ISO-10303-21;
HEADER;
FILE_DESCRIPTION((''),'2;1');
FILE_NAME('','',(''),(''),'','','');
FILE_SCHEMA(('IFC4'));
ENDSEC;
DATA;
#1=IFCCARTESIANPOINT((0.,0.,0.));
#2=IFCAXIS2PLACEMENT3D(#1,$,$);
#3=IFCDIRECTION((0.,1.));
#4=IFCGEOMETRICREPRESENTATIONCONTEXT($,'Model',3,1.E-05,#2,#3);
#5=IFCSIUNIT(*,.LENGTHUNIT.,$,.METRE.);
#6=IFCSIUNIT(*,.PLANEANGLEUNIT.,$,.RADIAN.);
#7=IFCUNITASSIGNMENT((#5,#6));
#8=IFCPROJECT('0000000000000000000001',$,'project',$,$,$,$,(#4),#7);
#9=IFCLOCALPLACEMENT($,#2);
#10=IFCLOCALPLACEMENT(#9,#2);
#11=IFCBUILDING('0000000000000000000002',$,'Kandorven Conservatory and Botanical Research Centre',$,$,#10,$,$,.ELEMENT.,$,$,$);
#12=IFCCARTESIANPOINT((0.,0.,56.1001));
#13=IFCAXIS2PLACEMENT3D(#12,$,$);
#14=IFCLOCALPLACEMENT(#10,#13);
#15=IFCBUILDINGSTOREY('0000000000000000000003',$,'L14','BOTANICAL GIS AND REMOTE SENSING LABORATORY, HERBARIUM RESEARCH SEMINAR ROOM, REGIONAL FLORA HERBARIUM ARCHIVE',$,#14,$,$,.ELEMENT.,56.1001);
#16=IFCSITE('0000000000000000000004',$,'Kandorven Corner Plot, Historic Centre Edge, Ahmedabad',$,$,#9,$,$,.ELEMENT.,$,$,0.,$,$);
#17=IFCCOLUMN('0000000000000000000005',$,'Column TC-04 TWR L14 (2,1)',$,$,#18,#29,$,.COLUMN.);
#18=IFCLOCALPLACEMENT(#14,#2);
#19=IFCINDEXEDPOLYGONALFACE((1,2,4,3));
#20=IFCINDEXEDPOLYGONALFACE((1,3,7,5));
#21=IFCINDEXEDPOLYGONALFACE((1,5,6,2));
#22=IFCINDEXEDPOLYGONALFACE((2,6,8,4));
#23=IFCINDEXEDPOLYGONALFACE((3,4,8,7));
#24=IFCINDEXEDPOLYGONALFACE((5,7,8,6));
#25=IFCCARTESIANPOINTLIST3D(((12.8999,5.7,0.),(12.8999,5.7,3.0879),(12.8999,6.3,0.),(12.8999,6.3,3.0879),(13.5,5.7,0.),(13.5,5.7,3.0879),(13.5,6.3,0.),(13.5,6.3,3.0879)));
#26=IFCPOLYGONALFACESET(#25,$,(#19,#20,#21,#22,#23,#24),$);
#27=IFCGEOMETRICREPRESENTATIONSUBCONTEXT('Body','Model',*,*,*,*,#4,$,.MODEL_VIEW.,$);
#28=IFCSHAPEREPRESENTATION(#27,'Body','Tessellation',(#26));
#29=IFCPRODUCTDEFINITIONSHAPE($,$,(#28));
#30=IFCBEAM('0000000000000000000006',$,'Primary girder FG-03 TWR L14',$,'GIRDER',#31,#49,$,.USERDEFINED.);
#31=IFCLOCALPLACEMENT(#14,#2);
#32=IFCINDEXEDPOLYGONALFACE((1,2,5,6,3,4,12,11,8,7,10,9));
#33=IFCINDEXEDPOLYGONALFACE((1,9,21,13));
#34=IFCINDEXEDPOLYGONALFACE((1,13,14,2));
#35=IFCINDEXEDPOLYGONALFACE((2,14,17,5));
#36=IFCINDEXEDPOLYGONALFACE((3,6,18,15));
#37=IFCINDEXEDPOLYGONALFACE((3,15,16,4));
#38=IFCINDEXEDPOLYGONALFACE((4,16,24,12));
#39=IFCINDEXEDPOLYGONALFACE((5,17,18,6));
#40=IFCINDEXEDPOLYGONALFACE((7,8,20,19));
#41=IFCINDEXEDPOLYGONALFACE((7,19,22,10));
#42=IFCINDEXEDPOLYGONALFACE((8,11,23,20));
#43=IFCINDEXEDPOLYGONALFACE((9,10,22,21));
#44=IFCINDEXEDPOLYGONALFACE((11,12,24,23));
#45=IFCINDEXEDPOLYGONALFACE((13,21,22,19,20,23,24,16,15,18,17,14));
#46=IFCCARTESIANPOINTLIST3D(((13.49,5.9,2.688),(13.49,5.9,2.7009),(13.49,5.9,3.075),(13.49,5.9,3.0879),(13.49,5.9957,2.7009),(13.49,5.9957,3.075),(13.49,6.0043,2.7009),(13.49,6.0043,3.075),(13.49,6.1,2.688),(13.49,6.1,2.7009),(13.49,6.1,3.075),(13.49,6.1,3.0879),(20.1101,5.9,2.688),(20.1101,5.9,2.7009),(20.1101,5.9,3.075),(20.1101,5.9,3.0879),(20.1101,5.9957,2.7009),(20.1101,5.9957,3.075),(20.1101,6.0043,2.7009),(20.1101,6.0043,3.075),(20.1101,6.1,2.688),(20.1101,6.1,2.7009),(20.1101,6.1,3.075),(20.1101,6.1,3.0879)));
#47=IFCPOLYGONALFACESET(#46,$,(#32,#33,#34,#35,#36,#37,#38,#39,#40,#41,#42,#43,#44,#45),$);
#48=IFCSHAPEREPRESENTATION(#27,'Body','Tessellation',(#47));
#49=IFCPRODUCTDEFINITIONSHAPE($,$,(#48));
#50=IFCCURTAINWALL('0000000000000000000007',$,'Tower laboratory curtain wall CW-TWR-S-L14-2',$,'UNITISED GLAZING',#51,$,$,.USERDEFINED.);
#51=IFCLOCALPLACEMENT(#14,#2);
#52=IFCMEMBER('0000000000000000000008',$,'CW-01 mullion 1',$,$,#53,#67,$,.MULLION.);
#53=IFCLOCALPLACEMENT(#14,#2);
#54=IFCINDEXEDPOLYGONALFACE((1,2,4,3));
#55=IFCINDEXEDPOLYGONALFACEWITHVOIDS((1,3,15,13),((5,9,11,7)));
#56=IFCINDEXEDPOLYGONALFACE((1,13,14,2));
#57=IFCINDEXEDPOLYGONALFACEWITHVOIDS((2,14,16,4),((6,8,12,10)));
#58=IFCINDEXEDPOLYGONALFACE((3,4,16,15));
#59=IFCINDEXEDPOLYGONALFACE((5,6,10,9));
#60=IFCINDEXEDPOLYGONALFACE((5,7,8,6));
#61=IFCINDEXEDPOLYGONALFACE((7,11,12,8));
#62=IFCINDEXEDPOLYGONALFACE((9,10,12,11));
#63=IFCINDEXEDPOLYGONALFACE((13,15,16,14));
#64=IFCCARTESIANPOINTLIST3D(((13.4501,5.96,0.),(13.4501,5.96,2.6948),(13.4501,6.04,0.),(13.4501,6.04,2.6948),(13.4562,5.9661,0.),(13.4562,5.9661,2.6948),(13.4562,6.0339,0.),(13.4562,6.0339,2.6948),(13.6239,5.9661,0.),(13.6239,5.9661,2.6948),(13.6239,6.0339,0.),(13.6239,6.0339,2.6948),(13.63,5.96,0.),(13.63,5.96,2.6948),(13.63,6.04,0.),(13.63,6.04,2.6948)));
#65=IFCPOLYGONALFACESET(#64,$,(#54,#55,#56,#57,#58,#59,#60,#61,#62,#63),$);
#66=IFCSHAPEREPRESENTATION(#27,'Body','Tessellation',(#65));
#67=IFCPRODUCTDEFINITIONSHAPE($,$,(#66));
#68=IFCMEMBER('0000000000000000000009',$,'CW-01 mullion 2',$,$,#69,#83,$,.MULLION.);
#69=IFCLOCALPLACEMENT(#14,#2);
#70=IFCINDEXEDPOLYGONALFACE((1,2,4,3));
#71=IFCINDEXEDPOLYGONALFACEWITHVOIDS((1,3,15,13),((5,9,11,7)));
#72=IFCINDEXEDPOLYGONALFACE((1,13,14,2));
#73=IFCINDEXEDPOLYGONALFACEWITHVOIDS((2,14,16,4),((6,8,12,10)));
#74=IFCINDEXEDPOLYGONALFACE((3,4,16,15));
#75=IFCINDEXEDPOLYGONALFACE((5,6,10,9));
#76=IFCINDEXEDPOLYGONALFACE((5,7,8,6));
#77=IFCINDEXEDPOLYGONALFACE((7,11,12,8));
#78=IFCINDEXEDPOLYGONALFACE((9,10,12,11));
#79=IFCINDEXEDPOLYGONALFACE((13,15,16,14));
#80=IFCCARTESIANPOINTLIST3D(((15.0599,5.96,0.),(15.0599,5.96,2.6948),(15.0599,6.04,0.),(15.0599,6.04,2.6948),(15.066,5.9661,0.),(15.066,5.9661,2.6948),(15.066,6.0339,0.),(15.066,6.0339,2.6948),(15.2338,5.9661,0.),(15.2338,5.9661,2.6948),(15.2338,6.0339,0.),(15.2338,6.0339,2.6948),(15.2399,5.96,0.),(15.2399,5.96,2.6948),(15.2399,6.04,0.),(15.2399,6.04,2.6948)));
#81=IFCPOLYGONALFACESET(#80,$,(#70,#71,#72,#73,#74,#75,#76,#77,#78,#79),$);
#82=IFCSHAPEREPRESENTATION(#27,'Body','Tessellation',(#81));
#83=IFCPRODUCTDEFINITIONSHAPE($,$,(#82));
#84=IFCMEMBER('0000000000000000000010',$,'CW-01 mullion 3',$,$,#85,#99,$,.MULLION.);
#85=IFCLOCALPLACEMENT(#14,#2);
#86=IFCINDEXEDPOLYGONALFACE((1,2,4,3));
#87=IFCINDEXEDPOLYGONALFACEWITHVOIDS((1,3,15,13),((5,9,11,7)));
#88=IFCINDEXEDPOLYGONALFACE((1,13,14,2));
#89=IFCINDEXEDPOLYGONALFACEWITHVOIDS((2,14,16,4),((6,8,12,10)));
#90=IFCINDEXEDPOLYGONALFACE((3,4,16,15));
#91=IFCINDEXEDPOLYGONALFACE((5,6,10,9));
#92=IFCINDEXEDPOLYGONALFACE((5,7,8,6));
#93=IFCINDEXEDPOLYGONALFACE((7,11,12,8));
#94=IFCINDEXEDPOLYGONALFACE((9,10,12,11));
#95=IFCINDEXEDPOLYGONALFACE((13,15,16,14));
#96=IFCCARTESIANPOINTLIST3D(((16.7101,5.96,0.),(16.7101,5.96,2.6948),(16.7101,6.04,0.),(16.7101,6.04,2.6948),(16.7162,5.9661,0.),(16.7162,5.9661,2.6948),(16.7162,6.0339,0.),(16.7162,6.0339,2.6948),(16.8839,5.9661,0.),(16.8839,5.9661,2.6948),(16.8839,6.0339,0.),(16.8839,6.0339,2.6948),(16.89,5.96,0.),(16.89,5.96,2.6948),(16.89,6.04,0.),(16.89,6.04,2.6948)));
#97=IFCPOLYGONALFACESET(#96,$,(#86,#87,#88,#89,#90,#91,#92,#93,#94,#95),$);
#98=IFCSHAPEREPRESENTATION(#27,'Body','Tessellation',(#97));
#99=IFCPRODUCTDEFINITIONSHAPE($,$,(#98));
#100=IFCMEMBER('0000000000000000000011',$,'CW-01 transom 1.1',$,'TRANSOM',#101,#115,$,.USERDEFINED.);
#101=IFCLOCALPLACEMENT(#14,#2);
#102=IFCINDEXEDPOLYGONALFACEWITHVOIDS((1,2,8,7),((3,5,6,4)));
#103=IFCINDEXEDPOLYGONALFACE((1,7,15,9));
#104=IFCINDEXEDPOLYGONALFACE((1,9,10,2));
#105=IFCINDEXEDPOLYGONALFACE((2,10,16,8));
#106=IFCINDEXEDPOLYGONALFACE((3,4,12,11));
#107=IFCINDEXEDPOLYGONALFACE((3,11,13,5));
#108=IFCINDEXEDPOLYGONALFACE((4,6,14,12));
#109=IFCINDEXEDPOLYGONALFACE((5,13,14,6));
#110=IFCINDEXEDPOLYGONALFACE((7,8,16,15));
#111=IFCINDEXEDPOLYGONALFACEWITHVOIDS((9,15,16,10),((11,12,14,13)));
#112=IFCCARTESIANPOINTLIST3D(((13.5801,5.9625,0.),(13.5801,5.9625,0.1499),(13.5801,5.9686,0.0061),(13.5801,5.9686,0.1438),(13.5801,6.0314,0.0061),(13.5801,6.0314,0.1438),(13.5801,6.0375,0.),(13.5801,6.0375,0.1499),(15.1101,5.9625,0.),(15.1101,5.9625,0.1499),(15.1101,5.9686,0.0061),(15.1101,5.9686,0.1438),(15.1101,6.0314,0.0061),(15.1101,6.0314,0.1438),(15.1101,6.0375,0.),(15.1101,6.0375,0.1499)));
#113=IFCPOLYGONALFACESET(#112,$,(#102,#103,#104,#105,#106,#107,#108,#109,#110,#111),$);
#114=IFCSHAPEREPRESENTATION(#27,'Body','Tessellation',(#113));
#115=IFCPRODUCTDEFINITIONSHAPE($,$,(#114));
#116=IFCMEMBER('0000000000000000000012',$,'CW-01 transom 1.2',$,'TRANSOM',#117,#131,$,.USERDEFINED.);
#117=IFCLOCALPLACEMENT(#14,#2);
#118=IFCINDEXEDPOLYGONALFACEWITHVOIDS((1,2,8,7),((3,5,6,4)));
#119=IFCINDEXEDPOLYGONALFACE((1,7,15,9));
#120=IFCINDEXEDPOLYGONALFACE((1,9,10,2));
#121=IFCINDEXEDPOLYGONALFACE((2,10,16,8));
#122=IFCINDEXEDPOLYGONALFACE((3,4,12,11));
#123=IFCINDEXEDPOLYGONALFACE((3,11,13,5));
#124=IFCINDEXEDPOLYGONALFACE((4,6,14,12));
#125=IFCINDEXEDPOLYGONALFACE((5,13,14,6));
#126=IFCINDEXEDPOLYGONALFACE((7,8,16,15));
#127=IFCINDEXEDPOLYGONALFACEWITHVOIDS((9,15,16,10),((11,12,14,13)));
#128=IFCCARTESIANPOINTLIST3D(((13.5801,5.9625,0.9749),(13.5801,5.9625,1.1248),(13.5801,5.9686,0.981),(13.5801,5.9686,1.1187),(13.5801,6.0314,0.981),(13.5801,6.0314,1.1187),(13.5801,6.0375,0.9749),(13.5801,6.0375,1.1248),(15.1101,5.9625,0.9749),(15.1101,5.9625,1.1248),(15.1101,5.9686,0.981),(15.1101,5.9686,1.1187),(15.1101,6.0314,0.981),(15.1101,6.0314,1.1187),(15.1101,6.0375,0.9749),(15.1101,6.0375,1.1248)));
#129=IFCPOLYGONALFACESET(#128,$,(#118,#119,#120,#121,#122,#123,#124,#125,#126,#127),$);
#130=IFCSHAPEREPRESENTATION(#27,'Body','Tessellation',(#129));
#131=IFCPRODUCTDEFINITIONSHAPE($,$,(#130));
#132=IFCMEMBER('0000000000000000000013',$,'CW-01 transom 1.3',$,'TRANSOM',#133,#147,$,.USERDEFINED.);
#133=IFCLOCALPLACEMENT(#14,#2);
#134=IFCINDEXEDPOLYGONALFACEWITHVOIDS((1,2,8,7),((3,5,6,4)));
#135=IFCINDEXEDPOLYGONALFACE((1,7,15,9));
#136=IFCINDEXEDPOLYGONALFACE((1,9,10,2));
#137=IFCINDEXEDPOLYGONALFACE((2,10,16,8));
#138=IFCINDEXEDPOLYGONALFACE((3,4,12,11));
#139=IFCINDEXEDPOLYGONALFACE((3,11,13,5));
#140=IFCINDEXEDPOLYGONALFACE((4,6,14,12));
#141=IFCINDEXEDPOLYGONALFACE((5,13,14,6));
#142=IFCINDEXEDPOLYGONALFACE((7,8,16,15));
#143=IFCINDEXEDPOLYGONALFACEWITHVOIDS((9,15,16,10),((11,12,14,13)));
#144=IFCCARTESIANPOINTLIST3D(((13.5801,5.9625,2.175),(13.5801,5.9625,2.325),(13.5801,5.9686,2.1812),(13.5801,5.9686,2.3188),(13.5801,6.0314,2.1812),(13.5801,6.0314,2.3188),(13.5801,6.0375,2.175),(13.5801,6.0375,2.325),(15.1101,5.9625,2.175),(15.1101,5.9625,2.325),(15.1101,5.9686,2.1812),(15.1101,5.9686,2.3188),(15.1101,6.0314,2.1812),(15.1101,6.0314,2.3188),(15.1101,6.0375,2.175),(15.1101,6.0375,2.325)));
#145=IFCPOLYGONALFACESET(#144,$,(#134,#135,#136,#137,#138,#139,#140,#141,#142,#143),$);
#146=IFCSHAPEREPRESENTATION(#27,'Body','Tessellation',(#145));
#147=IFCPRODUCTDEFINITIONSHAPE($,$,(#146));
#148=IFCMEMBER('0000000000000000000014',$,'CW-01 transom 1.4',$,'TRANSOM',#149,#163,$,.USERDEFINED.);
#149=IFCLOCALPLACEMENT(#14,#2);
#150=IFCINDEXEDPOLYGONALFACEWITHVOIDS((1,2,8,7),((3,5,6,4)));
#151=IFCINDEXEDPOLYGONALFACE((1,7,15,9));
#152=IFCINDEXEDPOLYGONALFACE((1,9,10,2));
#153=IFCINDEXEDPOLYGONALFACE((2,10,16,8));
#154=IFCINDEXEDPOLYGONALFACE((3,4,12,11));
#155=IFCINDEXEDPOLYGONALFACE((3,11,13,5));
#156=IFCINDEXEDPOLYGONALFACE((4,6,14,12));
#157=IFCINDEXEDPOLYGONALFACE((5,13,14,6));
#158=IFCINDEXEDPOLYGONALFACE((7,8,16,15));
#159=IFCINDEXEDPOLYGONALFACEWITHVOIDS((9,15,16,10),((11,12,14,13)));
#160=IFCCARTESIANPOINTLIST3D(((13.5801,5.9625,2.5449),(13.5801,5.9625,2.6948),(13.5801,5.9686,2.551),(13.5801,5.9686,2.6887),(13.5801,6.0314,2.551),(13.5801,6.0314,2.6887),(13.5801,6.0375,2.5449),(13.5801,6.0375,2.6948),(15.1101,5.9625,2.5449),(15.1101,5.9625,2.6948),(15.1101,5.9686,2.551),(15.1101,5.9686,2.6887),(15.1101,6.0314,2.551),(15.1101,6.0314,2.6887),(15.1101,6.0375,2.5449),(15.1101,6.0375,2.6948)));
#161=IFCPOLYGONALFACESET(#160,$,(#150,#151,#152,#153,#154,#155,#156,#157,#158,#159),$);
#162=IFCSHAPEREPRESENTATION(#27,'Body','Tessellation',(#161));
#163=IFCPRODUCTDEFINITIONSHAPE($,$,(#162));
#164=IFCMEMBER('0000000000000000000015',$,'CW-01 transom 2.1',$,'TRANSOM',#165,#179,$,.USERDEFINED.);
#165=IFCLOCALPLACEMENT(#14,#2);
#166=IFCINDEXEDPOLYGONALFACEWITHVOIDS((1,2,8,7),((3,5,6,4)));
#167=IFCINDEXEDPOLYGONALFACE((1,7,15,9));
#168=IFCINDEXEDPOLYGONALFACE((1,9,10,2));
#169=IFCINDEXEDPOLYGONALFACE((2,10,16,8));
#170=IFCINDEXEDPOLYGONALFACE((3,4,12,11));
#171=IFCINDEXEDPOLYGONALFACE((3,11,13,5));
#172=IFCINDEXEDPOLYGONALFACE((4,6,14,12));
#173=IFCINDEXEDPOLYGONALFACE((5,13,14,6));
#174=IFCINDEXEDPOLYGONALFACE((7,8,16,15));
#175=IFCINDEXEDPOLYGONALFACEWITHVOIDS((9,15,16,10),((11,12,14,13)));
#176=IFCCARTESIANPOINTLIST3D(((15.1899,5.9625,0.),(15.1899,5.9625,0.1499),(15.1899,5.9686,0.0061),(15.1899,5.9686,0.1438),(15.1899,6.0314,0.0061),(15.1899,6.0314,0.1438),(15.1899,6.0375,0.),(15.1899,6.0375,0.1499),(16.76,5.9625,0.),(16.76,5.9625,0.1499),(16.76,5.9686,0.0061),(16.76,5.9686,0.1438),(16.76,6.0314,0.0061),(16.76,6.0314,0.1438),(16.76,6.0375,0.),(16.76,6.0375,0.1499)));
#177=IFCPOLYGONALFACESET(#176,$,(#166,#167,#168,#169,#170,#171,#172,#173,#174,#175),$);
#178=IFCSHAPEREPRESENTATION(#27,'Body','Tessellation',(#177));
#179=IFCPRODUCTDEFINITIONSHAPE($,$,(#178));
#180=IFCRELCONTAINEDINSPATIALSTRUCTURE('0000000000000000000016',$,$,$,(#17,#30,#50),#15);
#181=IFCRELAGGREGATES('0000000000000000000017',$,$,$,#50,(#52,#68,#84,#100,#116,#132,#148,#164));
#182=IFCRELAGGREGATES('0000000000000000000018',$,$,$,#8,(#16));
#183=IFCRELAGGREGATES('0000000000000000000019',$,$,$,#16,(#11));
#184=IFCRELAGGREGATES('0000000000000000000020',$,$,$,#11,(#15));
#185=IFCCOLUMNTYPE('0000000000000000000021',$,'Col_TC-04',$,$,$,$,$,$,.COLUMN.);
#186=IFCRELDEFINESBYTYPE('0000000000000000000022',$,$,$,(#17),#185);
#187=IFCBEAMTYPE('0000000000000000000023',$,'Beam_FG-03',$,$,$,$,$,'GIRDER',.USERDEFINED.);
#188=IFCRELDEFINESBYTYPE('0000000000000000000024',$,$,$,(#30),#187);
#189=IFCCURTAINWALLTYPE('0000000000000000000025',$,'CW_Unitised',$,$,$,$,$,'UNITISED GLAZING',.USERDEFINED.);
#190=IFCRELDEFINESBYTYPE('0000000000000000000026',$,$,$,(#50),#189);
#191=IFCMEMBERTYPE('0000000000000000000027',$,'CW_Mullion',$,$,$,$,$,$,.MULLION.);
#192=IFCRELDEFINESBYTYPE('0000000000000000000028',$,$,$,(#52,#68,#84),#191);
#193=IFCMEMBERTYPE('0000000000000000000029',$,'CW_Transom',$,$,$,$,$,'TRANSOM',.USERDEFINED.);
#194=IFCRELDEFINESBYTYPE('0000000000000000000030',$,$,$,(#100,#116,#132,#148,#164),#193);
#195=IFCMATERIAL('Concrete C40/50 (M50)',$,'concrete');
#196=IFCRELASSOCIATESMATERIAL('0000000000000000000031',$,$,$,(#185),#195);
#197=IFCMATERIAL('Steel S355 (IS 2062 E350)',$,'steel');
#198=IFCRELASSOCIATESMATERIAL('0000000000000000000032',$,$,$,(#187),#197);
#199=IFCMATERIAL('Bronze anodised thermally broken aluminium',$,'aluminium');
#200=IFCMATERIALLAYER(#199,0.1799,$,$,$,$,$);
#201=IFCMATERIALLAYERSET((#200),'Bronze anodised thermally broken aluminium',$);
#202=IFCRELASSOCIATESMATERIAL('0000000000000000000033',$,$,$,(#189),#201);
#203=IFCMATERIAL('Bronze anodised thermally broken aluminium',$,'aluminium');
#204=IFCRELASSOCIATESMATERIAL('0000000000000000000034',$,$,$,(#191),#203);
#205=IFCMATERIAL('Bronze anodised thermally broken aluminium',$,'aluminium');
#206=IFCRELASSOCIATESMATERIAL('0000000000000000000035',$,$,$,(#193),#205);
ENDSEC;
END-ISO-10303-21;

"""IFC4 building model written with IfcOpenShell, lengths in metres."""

from ifc_helpers import new_model, si_unit, direction, frame, origin, origin_2d, place, context, subcontext, project, spatial, rectangle, hollow_rectangle, i_section, extrude, material, layer, layer_set, material_profile, profile_set, type_object, element, aggregate, save


model = new_model("IFC4")

# Units and contexts
model_context = context("Model", 3, precision=1e-05, world=origin(), true_north=direction((0.0, 1.0)))
body_context = subcontext(model_context, "Body", "Model", "MODEL_VIEW")
ifc_project = project(units=[si_unit("LENGTHUNIT", "METRE"), si_unit("PLANEANGLEUNIT", "RADIAN")], contexts=[model_context])

# Site, building, storey
site_placement = place(None, origin())
site = spatial("IfcSite", under=ifc_project, at=site_placement, Name="Kandorven Corner Plot, Historic Centre Edge, Ahmedabad", CompositionType="ELEMENT", RefElevation=0.0)
building_placement = place(site_placement, origin())
building = spatial("IfcBuilding", under=site, at=building_placement, Name="Kandorven Conservatory and Botanical Research Centre", CompositionType="ELEMENT")
storey_placement = place(building_placement, frame((0.0, 0.0, 56.1001)))
storey = spatial("IfcBuildingStorey", under=building, at=storey_placement, Name="L14", Description="BOTANICAL GIS AND REMOTE SENSING LABORATORY, HERBARIUM RESEARCH SEMINAR ROOM, REGIONAL FLORA HERBARIUM ARCHIVE", CompositionType="ELEMENT", Elevation=56.1001)

# Column
ifc_material_1 = material(Name="Concrete C40/50 (M50)", Category="concrete")
ifc_material_profile_1 = material_profile(ifc_material_1, rectangle(XDim=0.6001, YDim=0.6001, at=origin_2d()))
ifc_profile_set_1 = profile_set([ifc_material_profile_1], Name="Concrete C40/50 (M50)")
column_type = type_object("IfcColumnType", Name="Col_TC-04", PredefinedType="COLUMN", material=ifc_profile_set_1)
column_placement = place(storey_placement, frame((13.2, 6.0, 0.0), z_axis=(0.0, 0.0, 1.0), x_axis=(1.0, 0.0, 0.0)))
element("IfcColumn", 1, at=column_placement, inside=storey, type_object=column_type, Name="Column TC-04 TWR L14 (2,1)", PredefinedType="COLUMN", context=body_context, shape_type="SweptSolid", body=[
    extrude(rectangle(XDim=0.6001, YDim=0.6001, at=origin_2d()), origin(), (0.0, 0.0, 1.0), 3.0879),
])

# Beam
ifc_material_2 = material(Name="Steel S355 (IS 2062 E350)", Category="steel")
ifc_material_profile_2 = material_profile(ifc_material_2, i_section(OverallWidth=0.2, OverallDepth=0.3999, WebThickness=0.0085, FlangeThickness=0.0129, at=origin_2d()))
ifc_profile_set_2 = profile_set([ifc_material_profile_2], Name="Steel S355 (IS 2062 E350)")
beam_type = type_object("IfcBeamType", Name="Beam_FG-03", ElementType="GIRDER", PredefinedType="USERDEFINED", material=ifc_profile_set_2)
beam_placement = place(storey_placement, frame((13.49, 6.0, 2.8879), z_axis=(1.0, 0.0, 0.0), x_axis=(0.0, 1.0, 0.0)))
element("IfcBeam", 2, at=beam_placement, inside=storey, type_object=beam_type, Name="Primary girder FG-03 TWR L14", ObjectType="GIRDER", PredefinedType="USERDEFINED", context=body_context, shape_type="SweptSolid", body=[
    extrude(i_section(OverallWidth=0.2, OverallDepth=0.3999, WebThickness=0.0085, FlangeThickness=0.0129, at=origin_2d()), origin(), (0.0, 0.0, 1.0), 6.6201),
])

# Curtain wall, members
ifc_material_3 = material(Name="Bronze anodised thermally broken aluminium", Category="aluminium")
ifc_layer_1 = layer(ifc_material_3, 0.1799)
ifc_layer_set_1 = layer_set([ifc_layer_1], Name="Bronze anodised thermally broken aluminium")
curtain_wall_type = type_object("IfcCurtainWallType", Name="CW_Unitised", ElementType="UNITISED GLAZING", PredefinedType="USERDEFINED", material=ifc_layer_set_1)
curtain_wall_placement = place(storey_placement, origin())
curtain_wall = element("IfcCurtainWall", 3, at=curtain_wall_placement, inside=storey, type_object=curtain_wall_type, Name="Tower laboratory curtain wall CW-TWR-S-L14-2", ObjectType="UNITISED GLAZING", PredefinedType="USERDEFINED")
ifc_material_4 = material(Name="Bronze anodised thermally broken aluminium", Category="aluminium")
ifc_material_profile_3 = material_profile(ifc_material_4, hollow_rectangle(XDim=0.0801, YDim=0.1799, WallThickness=0.0061, at=origin_2d()))
ifc_profile_set_3 = profile_set([ifc_material_profile_3], Name="Bronze anodised thermally broken aluminium")
member_type_1 = type_object("IfcMemberType", Name="CW_Mullion", PredefinedType="MULLION", material=ifc_profile_set_3)
member_1_placement = place(storey_placement, frame((13.54, 6.0, 0.0), z_axis=(0.0, 0.0, 1.0), x_axis=(0.0, 1.0, 0.0)))
member_1 = element("IfcMember", 4, at=member_1_placement, type_object=member_type_1, Name="CW-01 mullion 1", PredefinedType="MULLION", context=body_context, shape_type="SweptSolid", body=[
    extrude(hollow_rectangle(XDim=0.0801, YDim=0.1799, WallThickness=0.0061, at=origin_2d()), origin(), (0.0, 0.0, 1.0), 2.6948),
])
member_2_placement = place(storey_placement, frame((15.1499, 6.0, 0.0), z_axis=(0.0, 0.0, 1.0), x_axis=(0.0, 1.0, 0.0)))
member_2 = element("IfcMember", 5, at=member_2_placement, type_object=member_type_1, Name="CW-01 mullion 2", PredefinedType="MULLION", context=body_context, shape_type="SweptSolid", body=[
    extrude(hollow_rectangle(XDim=0.0801, YDim=0.1799, WallThickness=0.0061, at=origin_2d()), origin(), (0.0, 0.0, 1.0), 2.6948),
])
member_3_placement = place(storey_placement, frame((16.8, 6.0, 0.0), z_axis=(0.0, 0.0, 1.0), x_axis=(0.0, 1.0, 0.0)))
member_3 = element("IfcMember", 6, at=member_3_placement, type_object=member_type_1, Name="CW-01 mullion 3", PredefinedType="MULLION", context=body_context, shape_type="SweptSolid", body=[
    extrude(hollow_rectangle(XDim=0.0801, YDim=0.1799, WallThickness=0.0061, at=origin_2d()), origin(), (0.0, 0.0, 1.0), 2.6948),
])
ifc_material_5 = material(Name="Bronze anodised thermally broken aluminium", Category="aluminium")
ifc_material_profile_4 = material_profile(ifc_material_5, hollow_rectangle(XDim=0.075, YDim=0.1499, WallThickness=0.0061, at=origin_2d()))
ifc_profile_set_4 = profile_set([ifc_material_profile_4], Name="Bronze anodised thermally broken aluminium")
member_type_2 = type_object("IfcMemberType", Name="CW_Transom", ElementType="TRANSOM", PredefinedType="USERDEFINED", material=ifc_profile_set_4)
member_4_placement = place(storey_placement, frame((13.5801, 6.0, 0.075), z_axis=(1.0, 0.0, 0.0), x_axis=(0.0, 1.0, 0.0)))
member_4 = element("IfcMember", 7, at=member_4_placement, type_object=member_type_2, Name="CW-01 transom 1.1", ObjectType="TRANSOM", PredefinedType="USERDEFINED", context=body_context, shape_type="SweptSolid", body=[
    extrude(hollow_rectangle(XDim=0.075, YDim=0.1499, WallThickness=0.0061, at=origin_2d()), origin(), (0.0, 0.0, 1.0), 1.53),
])
member_5_placement = place(storey_placement, frame((13.5801, 6.0, 1.0498), z_axis=(1.0, 0.0, 0.0), x_axis=(0.0, 1.0, 0.0)))
member_5 = element("IfcMember", 8, at=member_5_placement, type_object=member_type_2, Name="CW-01 transom 1.2", ObjectType="TRANSOM", PredefinedType="USERDEFINED", context=body_context, shape_type="SweptSolid", body=[
    extrude(hollow_rectangle(XDim=0.075, YDim=0.1499, WallThickness=0.0061, at=origin_2d()), origin(), (0.0, 0.0, 1.0), 1.53),
])
member_6_placement = place(storey_placement, frame((13.5801, 6.0, 2.25), z_axis=(1.0, 0.0, 0.0), x_axis=(0.0, 1.0, 0.0)))
member_6 = element("IfcMember", 9, at=member_6_placement, type_object=member_type_2, Name="CW-01 transom 1.3", ObjectType="TRANSOM", PredefinedType="USERDEFINED", context=body_context, shape_type="SweptSolid", body=[
    extrude(hollow_rectangle(XDim=0.075, YDim=0.1499, WallThickness=0.0061, at=origin_2d()), origin(), (0.0, 0.0, 1.0), 1.53),
])
member_7_placement = place(storey_placement, frame((13.5801, 6.0, 2.6199), z_axis=(1.0, 0.0, 0.0), x_axis=(0.0, 1.0, 0.0)))
member_7 = element("IfcMember", 10, at=member_7_placement, type_object=member_type_2, Name="CW-01 transom 1.4", ObjectType="TRANSOM", PredefinedType="USERDEFINED", context=body_context, shape_type="SweptSolid", body=[
    extrude(hollow_rectangle(XDim=0.075, YDim=0.1499, WallThickness=0.0061, at=origin_2d()), origin(), (0.0, 0.0, 1.0), 1.53),
])
member_8_placement = place(storey_placement, frame((15.1899, 6.0, 0.075), z_axis=(1.0, 0.0, 0.0), x_axis=(0.0, 1.0, 0.0)))
member_8 = element("IfcMember", 11, at=member_8_placement, type_object=member_type_2, Name="CW-01 transom 2.1", ObjectType="TRANSOM", PredefinedType="USERDEFINED", context=body_context, shape_type="SweptSolid", body=[
    extrude(hollow_rectangle(XDim=0.075, YDim=0.1499, WallThickness=0.0061, at=origin_2d()), origin(), (0.0, 0.0, 1.0), 1.5701),
])

aggregate(curtain_wall, [member_1, member_2, member_3, member_4, member_5, member_6, member_7, member_8])

save(model, "model.ifc")
